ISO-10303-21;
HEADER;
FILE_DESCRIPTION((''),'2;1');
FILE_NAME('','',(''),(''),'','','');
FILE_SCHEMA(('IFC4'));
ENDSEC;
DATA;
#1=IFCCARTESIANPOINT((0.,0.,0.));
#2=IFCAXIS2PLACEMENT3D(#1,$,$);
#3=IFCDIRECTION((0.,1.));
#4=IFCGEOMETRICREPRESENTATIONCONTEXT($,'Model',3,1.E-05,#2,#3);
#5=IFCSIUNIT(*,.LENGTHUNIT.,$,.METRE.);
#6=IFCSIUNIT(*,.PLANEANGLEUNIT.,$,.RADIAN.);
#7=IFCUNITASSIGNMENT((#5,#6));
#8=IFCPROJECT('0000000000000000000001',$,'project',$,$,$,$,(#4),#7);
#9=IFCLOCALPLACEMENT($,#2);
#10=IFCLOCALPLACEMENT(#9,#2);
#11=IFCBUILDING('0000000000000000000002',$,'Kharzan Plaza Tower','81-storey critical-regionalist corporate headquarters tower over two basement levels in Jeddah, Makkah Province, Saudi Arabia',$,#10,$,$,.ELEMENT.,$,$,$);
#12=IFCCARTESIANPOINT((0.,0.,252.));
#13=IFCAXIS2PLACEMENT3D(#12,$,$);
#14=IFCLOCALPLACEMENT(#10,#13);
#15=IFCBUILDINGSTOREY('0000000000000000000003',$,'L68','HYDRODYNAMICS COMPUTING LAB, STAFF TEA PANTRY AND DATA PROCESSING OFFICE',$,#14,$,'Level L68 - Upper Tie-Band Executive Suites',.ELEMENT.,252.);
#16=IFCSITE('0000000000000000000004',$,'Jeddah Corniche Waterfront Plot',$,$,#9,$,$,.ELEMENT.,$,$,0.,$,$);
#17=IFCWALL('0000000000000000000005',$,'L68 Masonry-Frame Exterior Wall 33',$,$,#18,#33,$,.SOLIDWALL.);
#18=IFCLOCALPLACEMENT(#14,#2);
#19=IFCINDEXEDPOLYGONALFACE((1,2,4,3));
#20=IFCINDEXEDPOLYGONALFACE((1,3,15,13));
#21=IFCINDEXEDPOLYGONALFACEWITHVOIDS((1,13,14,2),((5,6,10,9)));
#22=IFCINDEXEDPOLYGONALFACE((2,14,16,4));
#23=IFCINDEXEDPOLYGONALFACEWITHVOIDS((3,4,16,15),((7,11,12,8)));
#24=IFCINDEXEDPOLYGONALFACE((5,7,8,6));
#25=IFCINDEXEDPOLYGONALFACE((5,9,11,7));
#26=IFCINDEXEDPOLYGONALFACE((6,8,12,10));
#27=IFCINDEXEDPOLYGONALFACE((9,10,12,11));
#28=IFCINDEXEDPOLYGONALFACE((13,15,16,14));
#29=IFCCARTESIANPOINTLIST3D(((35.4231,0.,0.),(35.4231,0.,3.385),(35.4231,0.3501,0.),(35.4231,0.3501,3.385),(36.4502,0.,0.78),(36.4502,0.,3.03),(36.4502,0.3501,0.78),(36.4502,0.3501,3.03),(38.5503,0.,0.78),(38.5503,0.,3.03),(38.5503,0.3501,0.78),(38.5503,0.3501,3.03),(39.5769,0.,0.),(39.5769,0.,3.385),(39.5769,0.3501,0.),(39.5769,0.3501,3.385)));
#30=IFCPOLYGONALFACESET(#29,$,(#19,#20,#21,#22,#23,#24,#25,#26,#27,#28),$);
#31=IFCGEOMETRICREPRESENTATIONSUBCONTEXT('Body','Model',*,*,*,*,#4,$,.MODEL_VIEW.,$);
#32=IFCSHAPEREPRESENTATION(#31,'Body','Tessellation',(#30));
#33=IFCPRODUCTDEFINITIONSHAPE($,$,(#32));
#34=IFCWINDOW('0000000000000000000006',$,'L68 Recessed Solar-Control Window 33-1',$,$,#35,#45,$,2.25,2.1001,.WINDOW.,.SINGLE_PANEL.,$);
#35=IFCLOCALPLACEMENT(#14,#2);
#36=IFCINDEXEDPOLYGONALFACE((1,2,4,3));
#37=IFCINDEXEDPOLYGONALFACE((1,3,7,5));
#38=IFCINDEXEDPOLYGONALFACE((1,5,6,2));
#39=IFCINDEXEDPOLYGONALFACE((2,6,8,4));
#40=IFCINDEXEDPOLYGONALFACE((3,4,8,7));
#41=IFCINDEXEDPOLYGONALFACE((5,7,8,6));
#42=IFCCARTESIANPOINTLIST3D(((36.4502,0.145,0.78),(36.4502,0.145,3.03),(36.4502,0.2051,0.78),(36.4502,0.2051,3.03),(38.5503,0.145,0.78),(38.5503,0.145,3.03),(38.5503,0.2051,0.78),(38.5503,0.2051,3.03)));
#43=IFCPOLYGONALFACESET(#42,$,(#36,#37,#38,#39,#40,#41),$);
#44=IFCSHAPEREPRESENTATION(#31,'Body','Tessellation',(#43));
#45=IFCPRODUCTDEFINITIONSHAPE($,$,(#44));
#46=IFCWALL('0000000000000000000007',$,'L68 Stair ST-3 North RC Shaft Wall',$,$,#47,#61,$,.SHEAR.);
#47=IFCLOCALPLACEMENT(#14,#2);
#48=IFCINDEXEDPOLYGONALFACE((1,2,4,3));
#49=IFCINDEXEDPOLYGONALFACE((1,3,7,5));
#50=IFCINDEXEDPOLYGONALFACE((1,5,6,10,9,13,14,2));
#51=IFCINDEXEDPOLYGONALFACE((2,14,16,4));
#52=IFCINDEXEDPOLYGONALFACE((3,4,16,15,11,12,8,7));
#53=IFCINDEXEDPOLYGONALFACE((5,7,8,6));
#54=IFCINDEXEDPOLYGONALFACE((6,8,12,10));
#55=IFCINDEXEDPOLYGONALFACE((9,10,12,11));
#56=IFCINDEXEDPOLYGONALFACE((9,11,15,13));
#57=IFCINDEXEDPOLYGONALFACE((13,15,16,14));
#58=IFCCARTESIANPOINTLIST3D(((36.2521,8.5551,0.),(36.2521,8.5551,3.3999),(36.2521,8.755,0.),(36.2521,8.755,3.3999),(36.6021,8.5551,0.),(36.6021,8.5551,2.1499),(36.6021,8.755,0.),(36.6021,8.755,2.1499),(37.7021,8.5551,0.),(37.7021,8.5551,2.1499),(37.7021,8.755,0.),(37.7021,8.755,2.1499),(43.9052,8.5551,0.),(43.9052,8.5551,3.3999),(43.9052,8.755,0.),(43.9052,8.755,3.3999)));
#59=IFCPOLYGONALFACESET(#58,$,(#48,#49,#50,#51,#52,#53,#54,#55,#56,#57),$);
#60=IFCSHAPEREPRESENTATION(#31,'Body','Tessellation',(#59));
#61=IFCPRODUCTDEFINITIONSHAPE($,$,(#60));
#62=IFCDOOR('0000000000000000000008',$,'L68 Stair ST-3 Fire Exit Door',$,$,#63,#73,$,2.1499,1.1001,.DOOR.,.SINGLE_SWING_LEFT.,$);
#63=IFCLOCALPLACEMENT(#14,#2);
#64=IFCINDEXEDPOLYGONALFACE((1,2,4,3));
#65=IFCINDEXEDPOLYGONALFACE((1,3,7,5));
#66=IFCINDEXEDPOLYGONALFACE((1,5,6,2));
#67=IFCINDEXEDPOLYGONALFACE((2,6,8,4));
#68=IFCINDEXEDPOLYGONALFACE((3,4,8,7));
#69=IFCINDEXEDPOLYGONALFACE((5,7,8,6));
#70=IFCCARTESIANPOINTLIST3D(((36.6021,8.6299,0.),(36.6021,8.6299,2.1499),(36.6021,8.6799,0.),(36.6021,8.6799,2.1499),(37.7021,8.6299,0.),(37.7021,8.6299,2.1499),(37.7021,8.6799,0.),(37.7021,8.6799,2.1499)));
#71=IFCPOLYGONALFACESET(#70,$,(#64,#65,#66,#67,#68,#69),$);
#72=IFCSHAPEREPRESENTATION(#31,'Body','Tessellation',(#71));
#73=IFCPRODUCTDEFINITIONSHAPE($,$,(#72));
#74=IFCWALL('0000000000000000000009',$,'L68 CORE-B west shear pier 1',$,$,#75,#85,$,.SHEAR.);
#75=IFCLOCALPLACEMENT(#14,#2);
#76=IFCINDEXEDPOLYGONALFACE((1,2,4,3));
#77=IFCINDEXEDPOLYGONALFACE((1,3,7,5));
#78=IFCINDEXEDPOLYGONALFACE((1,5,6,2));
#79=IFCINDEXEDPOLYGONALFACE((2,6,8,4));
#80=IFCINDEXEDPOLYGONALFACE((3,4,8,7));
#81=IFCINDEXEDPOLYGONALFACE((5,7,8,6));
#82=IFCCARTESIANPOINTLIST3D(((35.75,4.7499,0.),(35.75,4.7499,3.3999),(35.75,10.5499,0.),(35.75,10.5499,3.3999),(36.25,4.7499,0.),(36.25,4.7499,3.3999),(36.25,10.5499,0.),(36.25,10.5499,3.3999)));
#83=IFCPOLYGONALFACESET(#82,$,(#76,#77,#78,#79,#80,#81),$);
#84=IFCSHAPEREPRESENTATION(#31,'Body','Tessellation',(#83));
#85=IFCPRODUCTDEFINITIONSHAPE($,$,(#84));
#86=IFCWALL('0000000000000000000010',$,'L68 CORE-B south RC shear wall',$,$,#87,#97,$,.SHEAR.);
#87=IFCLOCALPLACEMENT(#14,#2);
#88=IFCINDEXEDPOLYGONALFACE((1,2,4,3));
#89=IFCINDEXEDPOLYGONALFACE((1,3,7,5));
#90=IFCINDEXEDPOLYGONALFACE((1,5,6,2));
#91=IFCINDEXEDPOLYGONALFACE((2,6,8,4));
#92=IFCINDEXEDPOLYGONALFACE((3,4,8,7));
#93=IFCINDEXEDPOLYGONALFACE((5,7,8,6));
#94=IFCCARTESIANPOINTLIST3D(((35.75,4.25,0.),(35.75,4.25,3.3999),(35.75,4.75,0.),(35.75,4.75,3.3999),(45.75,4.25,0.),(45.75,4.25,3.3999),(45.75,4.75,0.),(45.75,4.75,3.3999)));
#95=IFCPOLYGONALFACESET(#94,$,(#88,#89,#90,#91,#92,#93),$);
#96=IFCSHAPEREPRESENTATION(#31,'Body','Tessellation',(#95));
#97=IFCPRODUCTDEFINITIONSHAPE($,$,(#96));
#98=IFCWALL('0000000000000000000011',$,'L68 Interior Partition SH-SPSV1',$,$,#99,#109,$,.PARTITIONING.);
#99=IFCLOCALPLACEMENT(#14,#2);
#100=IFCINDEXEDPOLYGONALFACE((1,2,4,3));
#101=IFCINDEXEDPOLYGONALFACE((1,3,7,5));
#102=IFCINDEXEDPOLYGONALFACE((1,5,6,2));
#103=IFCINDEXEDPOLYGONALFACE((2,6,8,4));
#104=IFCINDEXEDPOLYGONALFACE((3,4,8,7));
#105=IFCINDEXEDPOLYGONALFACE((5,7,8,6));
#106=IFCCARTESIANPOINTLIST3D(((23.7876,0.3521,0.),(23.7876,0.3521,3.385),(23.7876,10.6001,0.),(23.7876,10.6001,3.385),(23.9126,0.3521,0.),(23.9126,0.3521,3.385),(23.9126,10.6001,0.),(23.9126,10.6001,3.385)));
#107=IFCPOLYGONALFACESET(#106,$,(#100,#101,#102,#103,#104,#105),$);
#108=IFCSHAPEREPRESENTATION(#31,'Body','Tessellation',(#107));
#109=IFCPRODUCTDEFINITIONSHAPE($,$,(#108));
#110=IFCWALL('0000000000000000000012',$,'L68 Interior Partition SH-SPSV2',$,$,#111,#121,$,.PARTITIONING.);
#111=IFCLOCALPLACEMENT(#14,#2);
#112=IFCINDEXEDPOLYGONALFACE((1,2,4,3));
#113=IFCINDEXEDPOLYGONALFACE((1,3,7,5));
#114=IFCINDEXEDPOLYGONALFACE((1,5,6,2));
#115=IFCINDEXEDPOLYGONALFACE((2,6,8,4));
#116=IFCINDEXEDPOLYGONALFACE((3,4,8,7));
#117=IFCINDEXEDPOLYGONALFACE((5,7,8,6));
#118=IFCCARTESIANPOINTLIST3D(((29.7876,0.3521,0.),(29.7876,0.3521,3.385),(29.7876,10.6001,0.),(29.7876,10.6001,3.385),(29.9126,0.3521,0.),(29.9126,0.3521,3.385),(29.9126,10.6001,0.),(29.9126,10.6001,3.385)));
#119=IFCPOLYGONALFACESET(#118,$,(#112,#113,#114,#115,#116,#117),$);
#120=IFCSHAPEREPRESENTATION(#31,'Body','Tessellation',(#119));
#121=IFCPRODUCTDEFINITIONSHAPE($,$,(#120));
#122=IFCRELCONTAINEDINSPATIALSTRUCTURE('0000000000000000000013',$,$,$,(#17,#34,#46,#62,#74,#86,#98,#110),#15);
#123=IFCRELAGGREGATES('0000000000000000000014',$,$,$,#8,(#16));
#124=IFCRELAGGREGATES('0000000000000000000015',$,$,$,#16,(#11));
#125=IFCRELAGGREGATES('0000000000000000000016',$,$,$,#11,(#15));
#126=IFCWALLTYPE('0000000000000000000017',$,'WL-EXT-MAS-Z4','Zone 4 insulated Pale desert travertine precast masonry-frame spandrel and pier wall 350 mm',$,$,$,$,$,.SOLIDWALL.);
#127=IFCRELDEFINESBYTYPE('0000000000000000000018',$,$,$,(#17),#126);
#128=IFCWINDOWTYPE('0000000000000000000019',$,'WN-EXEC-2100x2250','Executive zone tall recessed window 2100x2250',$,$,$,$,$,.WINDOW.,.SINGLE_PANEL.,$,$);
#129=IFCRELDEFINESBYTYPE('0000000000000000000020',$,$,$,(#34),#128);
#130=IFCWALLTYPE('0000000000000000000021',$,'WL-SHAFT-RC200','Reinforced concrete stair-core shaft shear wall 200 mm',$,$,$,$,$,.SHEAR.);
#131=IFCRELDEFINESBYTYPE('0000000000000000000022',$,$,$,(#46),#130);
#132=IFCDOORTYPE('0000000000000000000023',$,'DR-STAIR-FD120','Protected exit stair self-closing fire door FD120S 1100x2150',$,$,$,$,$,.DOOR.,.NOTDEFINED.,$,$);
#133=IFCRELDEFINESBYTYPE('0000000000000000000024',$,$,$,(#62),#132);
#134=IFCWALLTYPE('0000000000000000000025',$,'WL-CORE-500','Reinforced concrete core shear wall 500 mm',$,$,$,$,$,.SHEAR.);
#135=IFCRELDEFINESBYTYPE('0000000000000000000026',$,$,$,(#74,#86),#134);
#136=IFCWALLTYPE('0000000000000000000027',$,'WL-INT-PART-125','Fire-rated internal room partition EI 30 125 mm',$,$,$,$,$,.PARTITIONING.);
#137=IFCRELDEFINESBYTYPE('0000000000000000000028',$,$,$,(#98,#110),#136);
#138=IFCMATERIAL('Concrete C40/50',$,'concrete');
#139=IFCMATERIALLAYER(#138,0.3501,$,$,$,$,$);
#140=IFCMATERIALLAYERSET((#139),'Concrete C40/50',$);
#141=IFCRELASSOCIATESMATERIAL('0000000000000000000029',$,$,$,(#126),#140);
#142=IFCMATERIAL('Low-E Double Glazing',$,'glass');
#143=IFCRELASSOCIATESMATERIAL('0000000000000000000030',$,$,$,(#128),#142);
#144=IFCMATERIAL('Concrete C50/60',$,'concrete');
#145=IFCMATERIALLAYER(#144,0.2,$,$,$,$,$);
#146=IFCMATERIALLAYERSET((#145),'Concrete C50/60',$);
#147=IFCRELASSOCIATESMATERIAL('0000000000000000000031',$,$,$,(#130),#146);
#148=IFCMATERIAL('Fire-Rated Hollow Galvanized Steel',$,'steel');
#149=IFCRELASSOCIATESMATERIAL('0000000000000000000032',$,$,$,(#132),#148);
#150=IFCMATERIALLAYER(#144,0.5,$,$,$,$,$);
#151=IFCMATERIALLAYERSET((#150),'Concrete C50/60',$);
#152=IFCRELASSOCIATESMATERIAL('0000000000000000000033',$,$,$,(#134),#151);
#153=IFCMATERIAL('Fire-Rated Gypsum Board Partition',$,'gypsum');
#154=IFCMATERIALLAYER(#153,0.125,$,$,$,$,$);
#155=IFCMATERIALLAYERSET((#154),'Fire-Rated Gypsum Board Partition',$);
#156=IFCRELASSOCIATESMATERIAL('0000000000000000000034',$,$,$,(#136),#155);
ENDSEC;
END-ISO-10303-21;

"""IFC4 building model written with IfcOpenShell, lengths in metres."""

from ifc_helpers import new_model, si_unit, direction, frame, frame_2d, origin, place, context, subcontext, project, spatial, rectangle, extrude, source, transform, mapped, material, layer, layer_set, type_object, element, fill, save


model = new_model("IFC4")

# Units and contexts
model_context = context("Model", 3, precision=1e-05, world=origin(), true_north=direction((0.0, 1.0)))
body_context = subcontext(model_context, "Body", "Model", "MODEL_VIEW")
ifc_project = project(units=[si_unit("LENGTHUNIT", "METRE"), si_unit("PLANEANGLEUNIT", "RADIAN")], contexts=[model_context])

# Site, building, storey
site_placement = place(None, origin())
site = spatial("IfcSite", under=ifc_project, at=site_placement, Name="Jeddah Corniche Waterfront Plot", CompositionType="ELEMENT", RefElevation=0.0)
building_placement = place(site_placement, origin())
building = spatial("IfcBuilding", under=site, at=building_placement, Name="Kharzan Plaza Tower", Description="81-storey critical-regionalist corporate headquarters tower over two basement levels in Jeddah, Makkah Province, Saudi Arabia", CompositionType="ELEMENT")
storey_placement = place(building_placement, frame((0.0, 0.0, 252.0)))
storey = spatial("IfcBuildingStorey", under=building, at=storey_placement, Name="L68", Description="HYDRODYNAMICS COMPUTING LAB, STAFF TEA PANTRY AND DATA PROCESSING OFFICE", LongName="Level L68 - Upper Tie-Band Executive Suites", CompositionType="ELEMENT", Elevation=252.0)

# Shared definitions
ifc_material_1 = material(Name="Concrete C50/60", Category="concrete")

# Shared definitions
ifc_material_2 = material(Name="Concrete C40/50", Category="concrete")
ifc_layer_1 = layer(ifc_material_2, 0.3501)
ifc_layer_set_1 = layer_set([ifc_layer_1], Name="Concrete C40/50")
wall_type_1 = type_object("IfcWallType", Name="WL-EXT-MAS-Z4", Description="Zone 4 insulated Pale desert travertine precast masonry-frame spandrel and pier wall 350 mm", PredefinedType="SOLIDWALL", material=ifc_layer_set_1)
ifc_material_3 = material(Name="Low-E Double Glazing", Category="glass")

# Wall, opening, window
wall_1_placement = place(storey_placement, frame((35.4231, 0.175, 0.0), z_axis=(0.0, 0.0, 1.0), x_axis=(1.0, 0.0, 0.0)))
wall_1 = element("IfcWall", 1, at=wall_1_placement, inside=storey, type_object=wall_type_1, Name="L68 Masonry-Frame Exterior Wall 33", PredefinedType="SOLIDWALL", context=body_context, shape_type="SweptSolid", body=[
    extrude(rectangle(XDim=4.1538, YDim=0.3501, at=frame_2d((2.0769, 0.0))), origin(), (0.0, 0.0, 1.0), 3.385),
])
opening_1_placement = place(wall_1_placement, frame((1.0271, 0.0, 0.78)))
opening_1 = element("IfcOpeningElement", 2, at=opening_1_placement, cuts=wall_1, PredefinedType="OPENING", context=body_context, shape_type="SweptSolid", body=[
    extrude(rectangle(XDim=2.1001, YDim=2.25, at=frame_2d((1.05, 1.125))), frame((0.0, 0.1851, 0.0), z_axis=(0.0, -1.0, 0.0), x_axis=(1.0, 0.0, 0.0)), (0.0, 0.0, 1.0), 0.3701),
])
window_type_1 = type_object("IfcWindowType", Name="WN-EXEC-2100x2250", Description="Executive zone tall recessed window 2100x2250", PartitioningType="SINGLE_PANEL", PredefinedType="WINDOW", material=ifc_material_3)
shared_shape_1 = source(origin(), body_context, "Body", "SweptSolid", [
    extrude(rectangle(XDim=2.1001, YDim=2.25, at=frame_2d((1.05, 1.125))), frame((0.0, 0.03, 0.0), z_axis=(0.0, -1.0, 0.0), x_axis=(1.0, 0.0, 0.0)), (0.0, 0.0, 1.0), 0.0601),
])
window_1_placement = place(opening_1_placement, origin())
window_1 = element("IfcWindow", 3, at=window_1_placement, inside=storey, type_object=window_type_1, Name="L68 Recessed Solar-Control Window 33-1", OverallHeight=2.25, OverallWidth=2.1001, PartitioningType="SINGLE_PANEL", PredefinedType="WINDOW", context=body_context, shape_type="MappedRepresentation", body=[
    mapped(shared_shape_1, transform((0.0, 0.0, 0.0), x_axis=(1.0, 0.0, 0.0), y_axis=(0.0, 1.0, 0.0), z_axis=(0.0, 0.0, 1.0))),
])
fill(opening_1, window_1)

# Wall, opening, door
ifc_layer_2 = layer(ifc_material_1, 0.2)
ifc_layer_set_2 = layer_set([ifc_layer_2], Name="Concrete C50/60")
wall_type_2 = type_object("IfcWallType", Name="WL-SHAFT-RC200", Description="Reinforced concrete stair-core shaft shear wall 200 mm", PredefinedType="SHEAR", material=ifc_layer_set_2)
wall_2_placement = place(storey_placement, frame((36.252, 8.655, 0.0), z_axis=(0.0, 0.0, 1.0), x_axis=(1.0, 0.0, 0.0)))
wall_2 = element("IfcWall", 4, at=wall_2_placement, inside=storey, type_object=wall_type_2, Name="L68 Stair ST-3 North RC Shaft Wall", PredefinedType="SHEAR", context=body_context, shape_type="SweptSolid", body=[
    extrude(rectangle(XDim=7.6531, YDim=0.2, at=frame_2d((3.8267, 0.0))), origin(), (0.0, 0.0, 1.0), 3.3999),
])
opening_2_placement = place(wall_2_placement, frame((0.3501, 0.0, 0.0)))
opening_2 = element("IfcOpeningElement", 5, at=opening_2_placement, cuts=wall_2, PredefinedType="OPENING", context=body_context, shape_type="SweptSolid", body=[
    extrude(rectangle(XDim=1.1001, YDim=2.1499, at=frame_2d((0.55, 1.075))), frame((0.0, 0.1099, 0.0), z_axis=(0.0, -1.0, 0.0), x_axis=(1.0, 0.0, 0.0)), (0.0, 0.0, 1.0), 0.22),
])
ifc_material_4 = material(Name="Fire-Rated Hollow Galvanized Steel", Category="steel")
door_type = type_object("IfcDoorType", Name="DR-STAIR-FD120", Description="Protected exit stair self-closing fire door FD120S 1100x2150", OperationType="NOTDEFINED", PredefinedType="DOOR", material=ifc_material_4)
shared_shape_2 = source(origin(), body_context, "Body", "SweptSolid", [
    extrude(rectangle(XDim=1.1001, YDim=2.1499, at=frame_2d((0.55, 1.075))), frame((0.0, 0.0249, 0.0), z_axis=(0.0, -1.0, 0.0), x_axis=(1.0, 0.0, 0.0)), (0.0, 0.0, 1.0), 0.05),
])
door_placement = place(opening_2_placement, origin())
door = element("IfcDoor", 6, at=door_placement, inside=storey, type_object=door_type, Name="L68 Stair ST-3 Fire Exit Door", OperationType="SINGLE_SWING_LEFT", OverallHeight=2.1499, OverallWidth=1.1001, PredefinedType="DOOR", context=body_context, shape_type="MappedRepresentation", body=[
    mapped(shared_shape_2, transform((0.0, 0.0, 0.0), x_axis=(1.0, 0.0, 0.0), y_axis=(0.0, 1.0, 0.0), z_axis=(0.0, 0.0, 1.0))),
])
fill(opening_2, door)

# Walls
ifc_layer_3 = layer(ifc_material_1, 0.5)
ifc_layer_set_3 = layer_set([ifc_layer_3], Name="Concrete C50/60")
wall_type_3 = type_object("IfcWallType", Name="WL-CORE-500", Description="Reinforced concrete core shear wall 500 mm", PredefinedType="SHEAR", material=ifc_layer_set_3)
shared_shape_3 = source(origin(), body_context, "Body", "SweptSolid", [
    extrude(rectangle(XDim=5.8, YDim=0.5, at=frame_2d((2.8999, 0.0))), origin(), (0.0, 0.0, 1.0), 3.3999),
])
wall_3_placement = place(storey_placement, frame((36.0, 4.75, 0.0), z_axis=(0.0, 0.0, 1.0), x_axis=(0.0, 1.0, 0.0)))
element("IfcWall", 7, at=wall_3_placement, inside=storey, type_object=wall_type_3, Name="L68 CORE-B west shear pier 1", PredefinedType="SHEAR", context=body_context, shape_type="MappedRepresentation", body=[
    mapped(shared_shape_3, transform((0.0, 0.0, 0.0), x_axis=(1.0, 0.0, 0.0), y_axis=(0.0, 1.0, 0.0), z_axis=(0.0, 0.0, 1.0))),
])
shared_shape_4 = source(origin(), body_context, "Body", "SweptSolid", [
    extrude(rectangle(XDim=10.0, YDim=0.5, at=frame_2d((5.0, 0.0))), origin(), (0.0, 0.0, 1.0), 3.3999),
])
wall_4_placement = place(storey_placement, frame((35.75, 4.5, 0.0), z_axis=(0.0, 0.0, 1.0), x_axis=(1.0, 0.0, 0.0)))
element("IfcWall", 8, at=wall_4_placement, inside=storey, type_object=wall_type_3, Name="L68 CORE-B south RC shear wall", PredefinedType="SHEAR", context=body_context, shape_type="MappedRepresentation", body=[
    mapped(shared_shape_4, transform((0.0, 0.0, 0.0), x_axis=(1.0, 0.0, 0.0), y_axis=(0.0, 1.0, 0.0), z_axis=(0.0, 0.0, 1.0))),
])
ifc_material_5 = material(Name="Fire-Rated Gypsum Board Partition", Category="gypsum")
ifc_layer_4 = layer(ifc_material_5, 0.125)
ifc_layer_set_4 = layer_set([ifc_layer_4], Name="Fire-Rated Gypsum Board Partition")
wall_type_4 = type_object("IfcWallType", Name="WL-INT-PART-125", Description="Fire-rated internal room partition EI 30 125 mm", PredefinedType="PARTITIONING", material=ifc_layer_set_4)
shared_shape_5 = source(origin(), body_context, "Body", "SweptSolid", [
    extrude(rectangle(XDim=10.248, YDim=0.125, at=frame_2d((5.124, 0.0))), origin(), (0.0, 0.0, 1.0), 3.385),
])
for number, where, z_axis, x_axis, name in (
    (9, (23.8501, 0.3521, 0.0), (0.0, 0.0, 1.0), (0.0, 1.0, 0.0), "L68 Interior Partition SH-SPSV1"),
    (10, (29.8501, 0.3521, 0.0), (0.0, 0.0, 1.0), (0.0, 1.0, 0.0), "L68 Interior Partition SH-SPSV2"),
):
    element("IfcWall", number, at=place(storey_placement, frame(where, z_axis=z_axis, x_axis=x_axis)), inside=storey, type_object=wall_type_4, Name=name, PredefinedType="PARTITIONING", context=body_context, shape_type="MappedRepresentation", body=[
        mapped(shared_shape_5, transform((0.0, 0.0, 0.0), x_axis=(1.0, 0.0, 0.0), y_axis=(0.0, 1.0, 0.0), z_axis=(0.0, 0.0, 1.0))),
    ])

save(model, "model.ifc")
